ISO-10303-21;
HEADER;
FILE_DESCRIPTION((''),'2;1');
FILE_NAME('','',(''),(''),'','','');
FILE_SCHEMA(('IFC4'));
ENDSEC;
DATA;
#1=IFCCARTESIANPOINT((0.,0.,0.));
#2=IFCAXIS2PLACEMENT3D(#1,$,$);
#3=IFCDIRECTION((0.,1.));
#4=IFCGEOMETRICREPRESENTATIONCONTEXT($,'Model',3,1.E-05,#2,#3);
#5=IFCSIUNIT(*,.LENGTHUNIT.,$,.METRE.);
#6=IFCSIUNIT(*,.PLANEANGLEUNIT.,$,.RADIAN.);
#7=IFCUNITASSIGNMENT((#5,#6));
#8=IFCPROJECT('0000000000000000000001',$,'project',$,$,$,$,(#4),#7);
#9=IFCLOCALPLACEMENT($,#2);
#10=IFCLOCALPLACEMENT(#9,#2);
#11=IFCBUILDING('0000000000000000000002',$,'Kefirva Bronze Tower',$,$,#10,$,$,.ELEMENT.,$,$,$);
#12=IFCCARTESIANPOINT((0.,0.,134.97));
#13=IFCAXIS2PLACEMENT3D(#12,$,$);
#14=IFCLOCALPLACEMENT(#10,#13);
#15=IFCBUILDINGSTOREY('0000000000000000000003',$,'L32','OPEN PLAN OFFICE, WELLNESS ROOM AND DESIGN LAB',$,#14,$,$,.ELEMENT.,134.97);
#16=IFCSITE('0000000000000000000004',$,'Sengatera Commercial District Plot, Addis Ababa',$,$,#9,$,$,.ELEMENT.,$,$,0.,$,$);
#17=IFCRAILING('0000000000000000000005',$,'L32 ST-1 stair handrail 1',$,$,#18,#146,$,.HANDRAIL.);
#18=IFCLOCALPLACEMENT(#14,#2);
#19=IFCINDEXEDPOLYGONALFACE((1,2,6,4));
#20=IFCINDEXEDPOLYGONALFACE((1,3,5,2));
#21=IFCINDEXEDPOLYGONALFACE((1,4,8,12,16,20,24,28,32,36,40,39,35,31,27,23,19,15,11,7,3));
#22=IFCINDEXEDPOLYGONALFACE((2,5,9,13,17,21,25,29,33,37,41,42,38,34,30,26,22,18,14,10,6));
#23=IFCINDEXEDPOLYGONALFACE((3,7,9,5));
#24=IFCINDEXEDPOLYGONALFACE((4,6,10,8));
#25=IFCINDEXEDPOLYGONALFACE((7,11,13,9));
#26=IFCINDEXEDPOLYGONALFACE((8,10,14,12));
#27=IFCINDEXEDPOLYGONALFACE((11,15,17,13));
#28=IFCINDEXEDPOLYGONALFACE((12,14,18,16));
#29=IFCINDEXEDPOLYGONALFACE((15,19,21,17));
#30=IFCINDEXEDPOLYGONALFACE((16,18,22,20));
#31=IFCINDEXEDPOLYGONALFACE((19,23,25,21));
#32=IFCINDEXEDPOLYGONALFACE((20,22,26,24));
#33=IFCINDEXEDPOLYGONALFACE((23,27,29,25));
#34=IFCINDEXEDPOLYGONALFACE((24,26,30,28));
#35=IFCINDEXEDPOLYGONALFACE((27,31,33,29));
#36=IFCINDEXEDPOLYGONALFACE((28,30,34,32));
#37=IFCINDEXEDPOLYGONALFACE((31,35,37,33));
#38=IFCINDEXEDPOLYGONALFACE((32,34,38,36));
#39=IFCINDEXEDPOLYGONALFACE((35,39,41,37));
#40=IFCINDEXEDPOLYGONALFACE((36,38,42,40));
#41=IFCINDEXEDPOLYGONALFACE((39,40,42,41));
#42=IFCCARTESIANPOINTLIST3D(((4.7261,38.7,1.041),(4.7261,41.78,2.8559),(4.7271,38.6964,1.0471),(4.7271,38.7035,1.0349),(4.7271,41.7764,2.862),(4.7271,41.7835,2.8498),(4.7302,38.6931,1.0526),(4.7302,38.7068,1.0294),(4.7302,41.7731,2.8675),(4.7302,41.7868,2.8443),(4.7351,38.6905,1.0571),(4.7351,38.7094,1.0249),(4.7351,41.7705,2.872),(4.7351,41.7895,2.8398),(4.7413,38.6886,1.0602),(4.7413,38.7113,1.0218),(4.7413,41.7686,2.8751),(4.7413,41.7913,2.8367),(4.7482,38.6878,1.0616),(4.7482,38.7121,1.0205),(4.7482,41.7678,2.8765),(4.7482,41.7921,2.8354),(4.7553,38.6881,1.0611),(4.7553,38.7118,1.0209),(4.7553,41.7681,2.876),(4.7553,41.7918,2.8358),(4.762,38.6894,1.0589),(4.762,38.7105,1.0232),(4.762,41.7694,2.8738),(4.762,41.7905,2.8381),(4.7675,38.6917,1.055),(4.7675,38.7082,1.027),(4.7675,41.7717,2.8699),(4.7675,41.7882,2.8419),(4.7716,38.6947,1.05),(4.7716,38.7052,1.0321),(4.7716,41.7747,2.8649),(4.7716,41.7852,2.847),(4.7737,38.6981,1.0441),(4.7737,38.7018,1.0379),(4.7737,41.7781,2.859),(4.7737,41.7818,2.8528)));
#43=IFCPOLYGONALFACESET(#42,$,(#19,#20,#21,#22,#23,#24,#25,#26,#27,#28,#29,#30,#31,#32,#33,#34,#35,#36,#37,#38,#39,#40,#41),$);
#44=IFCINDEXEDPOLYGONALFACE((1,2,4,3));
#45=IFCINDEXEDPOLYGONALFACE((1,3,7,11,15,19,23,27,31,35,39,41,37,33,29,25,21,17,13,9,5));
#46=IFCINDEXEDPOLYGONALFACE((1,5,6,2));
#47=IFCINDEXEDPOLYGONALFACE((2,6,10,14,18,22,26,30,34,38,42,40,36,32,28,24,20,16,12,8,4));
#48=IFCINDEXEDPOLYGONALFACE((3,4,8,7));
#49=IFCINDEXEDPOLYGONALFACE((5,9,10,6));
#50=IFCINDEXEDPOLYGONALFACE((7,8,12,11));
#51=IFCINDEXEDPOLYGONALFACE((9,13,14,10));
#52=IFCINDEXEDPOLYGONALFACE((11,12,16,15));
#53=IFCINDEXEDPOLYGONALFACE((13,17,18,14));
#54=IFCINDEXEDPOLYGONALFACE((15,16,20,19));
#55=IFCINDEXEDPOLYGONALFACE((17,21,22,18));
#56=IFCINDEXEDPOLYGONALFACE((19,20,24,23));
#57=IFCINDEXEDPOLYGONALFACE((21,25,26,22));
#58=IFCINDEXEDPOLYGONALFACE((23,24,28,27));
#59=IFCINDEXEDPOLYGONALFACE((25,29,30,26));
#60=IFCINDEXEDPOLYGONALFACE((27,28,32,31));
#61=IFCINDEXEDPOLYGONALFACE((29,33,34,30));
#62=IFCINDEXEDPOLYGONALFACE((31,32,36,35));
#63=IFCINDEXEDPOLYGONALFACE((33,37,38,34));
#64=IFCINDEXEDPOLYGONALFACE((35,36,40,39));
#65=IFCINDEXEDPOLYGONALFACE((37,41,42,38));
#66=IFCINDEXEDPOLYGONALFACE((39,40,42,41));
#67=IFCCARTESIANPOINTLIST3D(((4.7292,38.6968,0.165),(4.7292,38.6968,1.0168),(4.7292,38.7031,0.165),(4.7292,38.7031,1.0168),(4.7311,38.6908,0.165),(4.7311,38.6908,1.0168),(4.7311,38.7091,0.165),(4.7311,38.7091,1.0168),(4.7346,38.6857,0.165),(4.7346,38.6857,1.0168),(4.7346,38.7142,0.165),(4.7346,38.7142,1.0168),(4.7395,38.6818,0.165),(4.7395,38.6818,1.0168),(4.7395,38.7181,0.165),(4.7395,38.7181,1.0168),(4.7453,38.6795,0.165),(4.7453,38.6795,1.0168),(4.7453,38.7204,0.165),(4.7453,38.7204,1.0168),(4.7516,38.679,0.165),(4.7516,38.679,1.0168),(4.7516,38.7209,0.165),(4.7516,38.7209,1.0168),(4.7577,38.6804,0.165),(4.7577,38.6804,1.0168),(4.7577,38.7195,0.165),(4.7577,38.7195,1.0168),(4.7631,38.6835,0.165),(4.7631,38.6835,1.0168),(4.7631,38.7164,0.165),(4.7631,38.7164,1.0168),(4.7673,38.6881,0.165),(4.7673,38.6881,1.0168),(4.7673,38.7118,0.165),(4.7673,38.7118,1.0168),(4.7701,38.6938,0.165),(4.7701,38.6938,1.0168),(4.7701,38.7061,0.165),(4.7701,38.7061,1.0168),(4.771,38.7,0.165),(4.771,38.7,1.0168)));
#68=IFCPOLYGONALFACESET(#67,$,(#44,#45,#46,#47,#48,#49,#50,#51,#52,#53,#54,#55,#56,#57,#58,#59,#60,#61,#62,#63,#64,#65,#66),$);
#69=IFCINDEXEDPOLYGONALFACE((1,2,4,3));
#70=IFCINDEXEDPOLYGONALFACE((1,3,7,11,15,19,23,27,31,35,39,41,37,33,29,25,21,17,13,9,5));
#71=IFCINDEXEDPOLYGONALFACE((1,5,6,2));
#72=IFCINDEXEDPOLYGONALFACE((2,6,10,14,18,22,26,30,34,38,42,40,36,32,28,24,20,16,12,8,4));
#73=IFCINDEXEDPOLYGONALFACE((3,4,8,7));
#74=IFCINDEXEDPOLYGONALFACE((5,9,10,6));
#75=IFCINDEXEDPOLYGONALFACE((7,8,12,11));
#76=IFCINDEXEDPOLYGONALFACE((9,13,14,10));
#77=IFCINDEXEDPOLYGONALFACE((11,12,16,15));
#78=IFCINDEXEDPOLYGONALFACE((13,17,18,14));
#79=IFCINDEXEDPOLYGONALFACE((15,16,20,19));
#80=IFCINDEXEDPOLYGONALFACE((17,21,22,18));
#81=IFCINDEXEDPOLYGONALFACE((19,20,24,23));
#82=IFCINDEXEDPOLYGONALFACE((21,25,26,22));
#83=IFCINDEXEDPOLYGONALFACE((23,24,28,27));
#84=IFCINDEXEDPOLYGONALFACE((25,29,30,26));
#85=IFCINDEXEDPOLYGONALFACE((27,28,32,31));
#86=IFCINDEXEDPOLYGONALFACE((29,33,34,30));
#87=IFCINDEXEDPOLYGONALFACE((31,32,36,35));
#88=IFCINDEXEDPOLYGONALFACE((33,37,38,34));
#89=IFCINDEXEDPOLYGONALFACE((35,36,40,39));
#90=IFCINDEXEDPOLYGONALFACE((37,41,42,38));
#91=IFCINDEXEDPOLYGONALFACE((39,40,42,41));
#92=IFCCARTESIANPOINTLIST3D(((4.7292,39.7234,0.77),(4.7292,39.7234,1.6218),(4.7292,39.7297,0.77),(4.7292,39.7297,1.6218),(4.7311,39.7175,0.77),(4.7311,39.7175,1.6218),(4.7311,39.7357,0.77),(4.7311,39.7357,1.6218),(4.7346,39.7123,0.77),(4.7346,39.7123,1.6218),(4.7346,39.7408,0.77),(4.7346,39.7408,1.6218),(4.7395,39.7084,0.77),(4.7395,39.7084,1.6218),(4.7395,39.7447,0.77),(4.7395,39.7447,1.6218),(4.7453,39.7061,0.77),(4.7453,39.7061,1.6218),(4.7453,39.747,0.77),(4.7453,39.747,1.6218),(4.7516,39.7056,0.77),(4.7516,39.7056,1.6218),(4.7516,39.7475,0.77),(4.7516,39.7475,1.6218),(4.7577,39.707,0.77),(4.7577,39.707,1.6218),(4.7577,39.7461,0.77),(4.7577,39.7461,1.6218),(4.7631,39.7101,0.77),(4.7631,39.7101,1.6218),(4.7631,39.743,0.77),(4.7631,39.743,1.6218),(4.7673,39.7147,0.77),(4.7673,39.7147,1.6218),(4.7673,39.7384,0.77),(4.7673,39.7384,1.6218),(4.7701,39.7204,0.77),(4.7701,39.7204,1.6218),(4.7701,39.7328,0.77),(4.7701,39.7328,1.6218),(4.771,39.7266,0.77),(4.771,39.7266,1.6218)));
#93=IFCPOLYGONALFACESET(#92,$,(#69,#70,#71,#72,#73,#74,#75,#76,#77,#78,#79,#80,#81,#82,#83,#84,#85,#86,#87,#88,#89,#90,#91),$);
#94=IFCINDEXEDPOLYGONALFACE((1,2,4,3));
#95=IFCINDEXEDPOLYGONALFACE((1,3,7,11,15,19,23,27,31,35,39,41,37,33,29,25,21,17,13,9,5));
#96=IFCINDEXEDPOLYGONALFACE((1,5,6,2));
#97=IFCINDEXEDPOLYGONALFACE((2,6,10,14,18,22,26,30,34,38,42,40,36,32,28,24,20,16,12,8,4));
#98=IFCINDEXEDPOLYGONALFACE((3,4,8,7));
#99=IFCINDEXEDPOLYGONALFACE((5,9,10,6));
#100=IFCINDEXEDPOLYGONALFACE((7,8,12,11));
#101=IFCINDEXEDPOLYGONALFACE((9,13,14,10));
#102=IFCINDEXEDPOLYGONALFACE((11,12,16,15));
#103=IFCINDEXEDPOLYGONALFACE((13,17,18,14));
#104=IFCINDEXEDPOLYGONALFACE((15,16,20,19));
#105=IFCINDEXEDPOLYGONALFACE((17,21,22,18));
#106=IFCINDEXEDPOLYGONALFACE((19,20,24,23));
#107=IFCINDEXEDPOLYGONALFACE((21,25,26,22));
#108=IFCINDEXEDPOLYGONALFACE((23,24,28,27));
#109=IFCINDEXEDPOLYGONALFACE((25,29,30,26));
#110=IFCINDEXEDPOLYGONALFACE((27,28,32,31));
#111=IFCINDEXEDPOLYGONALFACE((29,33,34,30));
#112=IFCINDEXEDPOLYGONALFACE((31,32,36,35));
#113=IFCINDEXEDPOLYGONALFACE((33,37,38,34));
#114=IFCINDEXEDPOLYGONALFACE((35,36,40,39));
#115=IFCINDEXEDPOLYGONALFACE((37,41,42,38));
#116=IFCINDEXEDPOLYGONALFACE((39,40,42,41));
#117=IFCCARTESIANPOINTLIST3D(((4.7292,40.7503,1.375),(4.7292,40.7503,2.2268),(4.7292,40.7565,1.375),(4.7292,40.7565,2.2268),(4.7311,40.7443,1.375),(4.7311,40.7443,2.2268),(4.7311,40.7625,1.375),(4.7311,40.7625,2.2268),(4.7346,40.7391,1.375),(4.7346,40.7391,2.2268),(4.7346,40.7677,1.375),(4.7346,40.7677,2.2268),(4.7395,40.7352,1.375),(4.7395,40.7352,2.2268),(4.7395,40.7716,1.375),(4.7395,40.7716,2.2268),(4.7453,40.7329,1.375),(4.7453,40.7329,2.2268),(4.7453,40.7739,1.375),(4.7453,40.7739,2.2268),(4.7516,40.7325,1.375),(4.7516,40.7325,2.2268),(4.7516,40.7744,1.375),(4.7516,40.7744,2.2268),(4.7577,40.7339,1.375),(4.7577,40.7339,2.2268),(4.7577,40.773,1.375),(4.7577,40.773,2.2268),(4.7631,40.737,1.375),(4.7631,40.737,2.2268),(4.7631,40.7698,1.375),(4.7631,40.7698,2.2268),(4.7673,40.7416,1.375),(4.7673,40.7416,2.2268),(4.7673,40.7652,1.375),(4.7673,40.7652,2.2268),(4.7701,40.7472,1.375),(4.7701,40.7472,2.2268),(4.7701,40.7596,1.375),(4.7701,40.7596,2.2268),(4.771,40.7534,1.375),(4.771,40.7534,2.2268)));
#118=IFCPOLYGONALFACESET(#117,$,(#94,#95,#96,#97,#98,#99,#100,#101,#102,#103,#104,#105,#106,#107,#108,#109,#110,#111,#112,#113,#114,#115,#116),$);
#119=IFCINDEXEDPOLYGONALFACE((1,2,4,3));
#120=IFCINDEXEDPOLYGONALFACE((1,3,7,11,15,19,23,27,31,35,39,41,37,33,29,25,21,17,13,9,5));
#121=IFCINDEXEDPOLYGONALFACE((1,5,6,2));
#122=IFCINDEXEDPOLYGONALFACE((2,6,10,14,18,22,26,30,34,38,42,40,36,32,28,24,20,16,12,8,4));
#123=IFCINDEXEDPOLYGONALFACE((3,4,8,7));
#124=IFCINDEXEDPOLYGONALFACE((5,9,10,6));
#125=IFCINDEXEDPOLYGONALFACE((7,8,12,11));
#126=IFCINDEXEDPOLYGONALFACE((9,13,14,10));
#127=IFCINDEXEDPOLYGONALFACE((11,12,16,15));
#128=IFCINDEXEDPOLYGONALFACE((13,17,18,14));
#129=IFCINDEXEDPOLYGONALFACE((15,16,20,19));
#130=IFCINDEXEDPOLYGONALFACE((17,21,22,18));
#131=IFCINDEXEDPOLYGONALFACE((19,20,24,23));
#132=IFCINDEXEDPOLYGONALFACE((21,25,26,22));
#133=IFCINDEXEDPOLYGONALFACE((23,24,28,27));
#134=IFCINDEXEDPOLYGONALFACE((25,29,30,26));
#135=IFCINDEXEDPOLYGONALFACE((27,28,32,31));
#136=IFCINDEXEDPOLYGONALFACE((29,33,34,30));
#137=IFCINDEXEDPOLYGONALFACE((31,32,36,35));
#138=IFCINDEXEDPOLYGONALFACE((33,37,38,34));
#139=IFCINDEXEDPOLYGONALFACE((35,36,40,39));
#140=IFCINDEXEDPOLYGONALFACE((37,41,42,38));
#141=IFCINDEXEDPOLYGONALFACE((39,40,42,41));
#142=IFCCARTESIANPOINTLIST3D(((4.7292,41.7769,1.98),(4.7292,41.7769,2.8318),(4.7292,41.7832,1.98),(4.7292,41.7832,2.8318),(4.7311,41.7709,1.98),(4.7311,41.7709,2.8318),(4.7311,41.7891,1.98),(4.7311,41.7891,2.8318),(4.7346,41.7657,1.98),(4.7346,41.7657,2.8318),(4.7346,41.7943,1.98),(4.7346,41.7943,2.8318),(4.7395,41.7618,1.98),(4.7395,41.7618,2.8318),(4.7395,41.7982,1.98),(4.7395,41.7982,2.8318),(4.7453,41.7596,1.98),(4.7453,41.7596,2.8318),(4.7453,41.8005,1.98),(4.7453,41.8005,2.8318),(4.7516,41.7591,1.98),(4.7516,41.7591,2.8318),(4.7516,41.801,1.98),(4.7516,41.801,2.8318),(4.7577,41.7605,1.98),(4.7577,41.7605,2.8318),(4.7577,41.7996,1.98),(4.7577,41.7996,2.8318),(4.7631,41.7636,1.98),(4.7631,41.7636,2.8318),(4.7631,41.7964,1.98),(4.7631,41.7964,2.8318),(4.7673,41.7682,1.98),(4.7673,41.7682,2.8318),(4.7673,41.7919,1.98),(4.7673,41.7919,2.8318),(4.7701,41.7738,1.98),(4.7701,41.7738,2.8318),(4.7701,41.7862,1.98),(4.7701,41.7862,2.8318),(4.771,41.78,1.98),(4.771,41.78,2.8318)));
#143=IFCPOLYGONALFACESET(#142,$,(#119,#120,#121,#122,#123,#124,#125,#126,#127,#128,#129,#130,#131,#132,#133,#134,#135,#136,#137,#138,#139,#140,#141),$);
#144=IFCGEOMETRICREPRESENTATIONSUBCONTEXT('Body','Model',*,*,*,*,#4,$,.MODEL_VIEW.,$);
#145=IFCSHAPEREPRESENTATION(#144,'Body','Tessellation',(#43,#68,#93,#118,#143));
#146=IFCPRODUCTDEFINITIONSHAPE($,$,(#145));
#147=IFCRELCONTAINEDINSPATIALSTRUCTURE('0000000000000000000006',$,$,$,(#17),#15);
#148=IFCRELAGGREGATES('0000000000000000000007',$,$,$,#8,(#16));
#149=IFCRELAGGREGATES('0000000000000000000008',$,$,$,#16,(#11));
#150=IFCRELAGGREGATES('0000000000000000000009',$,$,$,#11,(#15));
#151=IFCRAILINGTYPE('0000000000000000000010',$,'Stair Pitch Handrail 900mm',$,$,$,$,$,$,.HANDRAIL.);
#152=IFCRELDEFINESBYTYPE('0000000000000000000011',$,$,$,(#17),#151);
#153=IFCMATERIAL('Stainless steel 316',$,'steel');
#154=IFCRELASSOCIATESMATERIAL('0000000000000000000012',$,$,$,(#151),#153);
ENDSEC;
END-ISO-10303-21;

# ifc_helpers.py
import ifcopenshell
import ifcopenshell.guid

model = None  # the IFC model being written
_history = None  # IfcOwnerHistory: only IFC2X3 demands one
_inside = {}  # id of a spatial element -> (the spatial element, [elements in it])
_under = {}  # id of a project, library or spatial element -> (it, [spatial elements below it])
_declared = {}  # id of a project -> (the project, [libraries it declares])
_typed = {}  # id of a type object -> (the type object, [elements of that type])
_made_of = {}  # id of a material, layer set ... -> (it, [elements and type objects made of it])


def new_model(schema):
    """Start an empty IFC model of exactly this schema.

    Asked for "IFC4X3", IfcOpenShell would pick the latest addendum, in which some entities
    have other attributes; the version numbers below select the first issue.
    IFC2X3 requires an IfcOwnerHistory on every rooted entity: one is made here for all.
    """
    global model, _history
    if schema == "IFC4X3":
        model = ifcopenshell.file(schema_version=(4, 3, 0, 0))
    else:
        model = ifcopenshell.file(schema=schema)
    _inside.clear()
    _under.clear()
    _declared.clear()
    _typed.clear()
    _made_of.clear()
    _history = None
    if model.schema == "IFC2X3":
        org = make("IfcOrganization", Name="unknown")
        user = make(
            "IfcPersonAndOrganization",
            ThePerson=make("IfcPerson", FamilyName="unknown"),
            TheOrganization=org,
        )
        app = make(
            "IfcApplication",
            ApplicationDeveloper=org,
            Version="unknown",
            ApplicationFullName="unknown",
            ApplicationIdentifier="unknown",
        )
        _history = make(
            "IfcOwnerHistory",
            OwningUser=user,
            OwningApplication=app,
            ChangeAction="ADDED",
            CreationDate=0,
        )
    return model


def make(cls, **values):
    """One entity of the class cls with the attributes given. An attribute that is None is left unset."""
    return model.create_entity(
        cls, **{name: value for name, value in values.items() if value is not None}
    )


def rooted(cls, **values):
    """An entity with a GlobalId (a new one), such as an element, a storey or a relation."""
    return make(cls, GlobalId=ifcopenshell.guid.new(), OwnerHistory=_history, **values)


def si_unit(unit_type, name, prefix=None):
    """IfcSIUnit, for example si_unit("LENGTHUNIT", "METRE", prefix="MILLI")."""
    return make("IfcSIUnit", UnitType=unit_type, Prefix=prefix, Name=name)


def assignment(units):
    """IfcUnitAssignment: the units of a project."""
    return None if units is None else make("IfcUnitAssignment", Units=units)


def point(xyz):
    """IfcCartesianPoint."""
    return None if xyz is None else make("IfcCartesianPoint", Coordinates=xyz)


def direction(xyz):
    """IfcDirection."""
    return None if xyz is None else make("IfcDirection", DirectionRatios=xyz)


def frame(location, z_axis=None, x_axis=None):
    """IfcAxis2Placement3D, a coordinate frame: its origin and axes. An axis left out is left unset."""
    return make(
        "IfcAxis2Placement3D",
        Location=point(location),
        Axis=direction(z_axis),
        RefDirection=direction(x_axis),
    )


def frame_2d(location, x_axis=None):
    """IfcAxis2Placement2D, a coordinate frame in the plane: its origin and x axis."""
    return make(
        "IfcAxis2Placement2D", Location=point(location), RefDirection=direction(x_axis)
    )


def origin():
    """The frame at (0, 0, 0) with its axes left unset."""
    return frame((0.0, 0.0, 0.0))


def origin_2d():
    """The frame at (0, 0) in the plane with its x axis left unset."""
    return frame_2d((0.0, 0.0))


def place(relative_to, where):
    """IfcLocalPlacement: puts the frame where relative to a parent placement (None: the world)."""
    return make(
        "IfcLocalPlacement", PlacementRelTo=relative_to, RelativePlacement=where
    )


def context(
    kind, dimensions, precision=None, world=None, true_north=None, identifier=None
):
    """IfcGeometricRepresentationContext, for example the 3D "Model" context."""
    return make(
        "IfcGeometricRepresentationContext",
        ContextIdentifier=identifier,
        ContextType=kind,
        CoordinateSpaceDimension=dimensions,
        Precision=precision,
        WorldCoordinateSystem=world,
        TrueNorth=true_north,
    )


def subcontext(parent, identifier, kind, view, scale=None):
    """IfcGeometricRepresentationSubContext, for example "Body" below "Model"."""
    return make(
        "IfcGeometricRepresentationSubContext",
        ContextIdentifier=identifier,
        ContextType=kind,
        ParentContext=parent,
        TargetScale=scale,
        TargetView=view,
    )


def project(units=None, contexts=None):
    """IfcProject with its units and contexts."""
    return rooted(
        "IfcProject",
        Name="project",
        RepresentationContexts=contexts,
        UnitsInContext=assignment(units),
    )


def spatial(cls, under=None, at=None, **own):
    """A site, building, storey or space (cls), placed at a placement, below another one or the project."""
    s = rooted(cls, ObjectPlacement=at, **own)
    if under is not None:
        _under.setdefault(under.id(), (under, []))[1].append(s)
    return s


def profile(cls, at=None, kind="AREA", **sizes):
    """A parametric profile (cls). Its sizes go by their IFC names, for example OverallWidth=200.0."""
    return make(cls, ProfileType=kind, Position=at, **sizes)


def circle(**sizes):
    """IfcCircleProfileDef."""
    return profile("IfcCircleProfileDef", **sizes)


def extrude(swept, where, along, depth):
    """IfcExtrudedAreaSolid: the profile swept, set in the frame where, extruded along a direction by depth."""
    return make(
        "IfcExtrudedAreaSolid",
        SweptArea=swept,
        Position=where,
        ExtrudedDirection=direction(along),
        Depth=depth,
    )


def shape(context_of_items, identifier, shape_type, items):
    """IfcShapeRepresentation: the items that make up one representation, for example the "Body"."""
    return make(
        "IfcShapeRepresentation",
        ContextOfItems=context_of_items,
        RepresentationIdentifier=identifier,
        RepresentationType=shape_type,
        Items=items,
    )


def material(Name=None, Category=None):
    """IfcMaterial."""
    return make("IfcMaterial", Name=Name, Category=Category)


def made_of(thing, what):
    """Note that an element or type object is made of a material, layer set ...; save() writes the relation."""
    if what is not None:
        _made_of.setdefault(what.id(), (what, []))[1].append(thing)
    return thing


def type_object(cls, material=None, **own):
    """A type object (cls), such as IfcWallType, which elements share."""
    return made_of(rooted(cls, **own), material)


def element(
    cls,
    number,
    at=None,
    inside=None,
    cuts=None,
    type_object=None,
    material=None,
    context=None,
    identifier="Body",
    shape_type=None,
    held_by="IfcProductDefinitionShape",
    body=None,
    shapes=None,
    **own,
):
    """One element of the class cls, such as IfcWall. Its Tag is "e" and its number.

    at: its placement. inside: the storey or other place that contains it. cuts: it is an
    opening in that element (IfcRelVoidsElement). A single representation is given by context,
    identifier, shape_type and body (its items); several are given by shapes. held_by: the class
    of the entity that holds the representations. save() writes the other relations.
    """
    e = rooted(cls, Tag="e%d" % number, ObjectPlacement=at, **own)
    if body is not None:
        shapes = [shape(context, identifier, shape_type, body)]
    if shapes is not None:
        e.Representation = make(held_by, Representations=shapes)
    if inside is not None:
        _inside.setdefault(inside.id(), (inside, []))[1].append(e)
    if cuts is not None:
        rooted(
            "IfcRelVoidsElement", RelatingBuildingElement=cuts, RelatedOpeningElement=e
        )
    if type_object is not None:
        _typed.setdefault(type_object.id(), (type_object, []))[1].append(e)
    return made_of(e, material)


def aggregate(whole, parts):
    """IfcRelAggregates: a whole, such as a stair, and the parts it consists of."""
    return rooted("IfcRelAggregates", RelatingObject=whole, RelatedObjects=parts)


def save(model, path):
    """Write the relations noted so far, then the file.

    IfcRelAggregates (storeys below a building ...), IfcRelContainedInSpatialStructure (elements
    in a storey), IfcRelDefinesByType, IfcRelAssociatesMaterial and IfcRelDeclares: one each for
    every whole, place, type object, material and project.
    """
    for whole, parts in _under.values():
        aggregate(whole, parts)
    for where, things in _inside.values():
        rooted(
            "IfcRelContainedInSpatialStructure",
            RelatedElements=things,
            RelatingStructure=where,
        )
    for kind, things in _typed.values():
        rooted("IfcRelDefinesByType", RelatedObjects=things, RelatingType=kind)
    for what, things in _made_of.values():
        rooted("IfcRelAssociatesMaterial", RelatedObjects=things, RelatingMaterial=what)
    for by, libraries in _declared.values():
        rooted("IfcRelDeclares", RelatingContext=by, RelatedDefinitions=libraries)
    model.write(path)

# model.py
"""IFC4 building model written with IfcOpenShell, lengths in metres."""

from ifc_helpers import new_model, si_unit, direction, frame, origin, origin_2d, place, context, subcontext, project, spatial, circle, extrude, material, type_object, element, save


model = new_model("IFC4")

# Units and contexts
model_context = context("Model", 3, precision=1e-05, world=origin(), true_north=direction((0.0, 1.0)))
body_context = subcontext(model_context, "Body", "Model", "MODEL_VIEW")
ifc_project = project(units=[si_unit("LENGTHUNIT", "METRE"), si_unit("PLANEANGLEUNIT", "RADIAN")], contexts=[model_context])

# Site, building, storey
site_placement = place(None, origin())
site = spatial("IfcSite", under=ifc_project, at=site_placement, Name="Sengatera Commercial District Plot, Addis Ababa", CompositionType="ELEMENT", RefElevation=0.0)
building_placement = place(site_placement, origin())
building = spatial("IfcBuilding", under=site, at=building_placement, Name="Kefirva Bronze Tower", CompositionType="ELEMENT")
storey_placement = place(building_placement, frame((0.0, 0.0, 134.97)))
storey = spatial("IfcBuildingStorey", under=building, at=storey_placement, Name="L32", Description="OPEN PLAN OFFICE, WELLNESS ROOM AND DESIGN LAB", CompositionType="ELEMENT", Elevation=134.97)

# Shared definitions
ifc_material_1 = material(Name="Stainless steel 316", Category="steel")

# Railing
railing_type = type_object("IfcRailingType", Name="Stair Pitch Handrail 900mm", PredefinedType="HANDRAIL", material=ifc_material_1)
railing_placement = place(storey_placement, frame((4.75, 38.7, 0.165)))
element("IfcRailing", 1, at=railing_placement, inside=storey, type_object=railing_type, Name="L32 ST-1 stair handrail 1", PredefinedType="HANDRAIL", context=body_context, shape_type="SweptSolid", body=[
    extrude(circle(Radius=0.0239, at=origin_2d()), frame((0.0, 0.0, 0.876), z_axis=(0.0, 0.861551, 0.507671), x_axis=(-1.0, 0.0, 0.0)), (0.0, 0.0, 1.0), 3.575),
    extrude(circle(Radius=0.021, at=origin_2d()), origin(), (0.0, 0.0, 1.0), 0.8518),
    extrude(circle(Radius=0.021, at=origin_2d()), frame((0.0, 1.0266, 0.605)), (0.0, 0.0, 1.0), 0.8518),
    extrude(circle(Radius=0.021, at=origin_2d()), frame((0.0, 2.0535, 1.21)), (0.0, 0.0, 1.0), 0.8518),
    extrude(circle(Radius=0.021, at=origin_2d()), frame((0.0, 3.0801, 1.8149)), (0.0, 0.0, 1.0), 0.8518),
])

save(model, "model.ifc")
